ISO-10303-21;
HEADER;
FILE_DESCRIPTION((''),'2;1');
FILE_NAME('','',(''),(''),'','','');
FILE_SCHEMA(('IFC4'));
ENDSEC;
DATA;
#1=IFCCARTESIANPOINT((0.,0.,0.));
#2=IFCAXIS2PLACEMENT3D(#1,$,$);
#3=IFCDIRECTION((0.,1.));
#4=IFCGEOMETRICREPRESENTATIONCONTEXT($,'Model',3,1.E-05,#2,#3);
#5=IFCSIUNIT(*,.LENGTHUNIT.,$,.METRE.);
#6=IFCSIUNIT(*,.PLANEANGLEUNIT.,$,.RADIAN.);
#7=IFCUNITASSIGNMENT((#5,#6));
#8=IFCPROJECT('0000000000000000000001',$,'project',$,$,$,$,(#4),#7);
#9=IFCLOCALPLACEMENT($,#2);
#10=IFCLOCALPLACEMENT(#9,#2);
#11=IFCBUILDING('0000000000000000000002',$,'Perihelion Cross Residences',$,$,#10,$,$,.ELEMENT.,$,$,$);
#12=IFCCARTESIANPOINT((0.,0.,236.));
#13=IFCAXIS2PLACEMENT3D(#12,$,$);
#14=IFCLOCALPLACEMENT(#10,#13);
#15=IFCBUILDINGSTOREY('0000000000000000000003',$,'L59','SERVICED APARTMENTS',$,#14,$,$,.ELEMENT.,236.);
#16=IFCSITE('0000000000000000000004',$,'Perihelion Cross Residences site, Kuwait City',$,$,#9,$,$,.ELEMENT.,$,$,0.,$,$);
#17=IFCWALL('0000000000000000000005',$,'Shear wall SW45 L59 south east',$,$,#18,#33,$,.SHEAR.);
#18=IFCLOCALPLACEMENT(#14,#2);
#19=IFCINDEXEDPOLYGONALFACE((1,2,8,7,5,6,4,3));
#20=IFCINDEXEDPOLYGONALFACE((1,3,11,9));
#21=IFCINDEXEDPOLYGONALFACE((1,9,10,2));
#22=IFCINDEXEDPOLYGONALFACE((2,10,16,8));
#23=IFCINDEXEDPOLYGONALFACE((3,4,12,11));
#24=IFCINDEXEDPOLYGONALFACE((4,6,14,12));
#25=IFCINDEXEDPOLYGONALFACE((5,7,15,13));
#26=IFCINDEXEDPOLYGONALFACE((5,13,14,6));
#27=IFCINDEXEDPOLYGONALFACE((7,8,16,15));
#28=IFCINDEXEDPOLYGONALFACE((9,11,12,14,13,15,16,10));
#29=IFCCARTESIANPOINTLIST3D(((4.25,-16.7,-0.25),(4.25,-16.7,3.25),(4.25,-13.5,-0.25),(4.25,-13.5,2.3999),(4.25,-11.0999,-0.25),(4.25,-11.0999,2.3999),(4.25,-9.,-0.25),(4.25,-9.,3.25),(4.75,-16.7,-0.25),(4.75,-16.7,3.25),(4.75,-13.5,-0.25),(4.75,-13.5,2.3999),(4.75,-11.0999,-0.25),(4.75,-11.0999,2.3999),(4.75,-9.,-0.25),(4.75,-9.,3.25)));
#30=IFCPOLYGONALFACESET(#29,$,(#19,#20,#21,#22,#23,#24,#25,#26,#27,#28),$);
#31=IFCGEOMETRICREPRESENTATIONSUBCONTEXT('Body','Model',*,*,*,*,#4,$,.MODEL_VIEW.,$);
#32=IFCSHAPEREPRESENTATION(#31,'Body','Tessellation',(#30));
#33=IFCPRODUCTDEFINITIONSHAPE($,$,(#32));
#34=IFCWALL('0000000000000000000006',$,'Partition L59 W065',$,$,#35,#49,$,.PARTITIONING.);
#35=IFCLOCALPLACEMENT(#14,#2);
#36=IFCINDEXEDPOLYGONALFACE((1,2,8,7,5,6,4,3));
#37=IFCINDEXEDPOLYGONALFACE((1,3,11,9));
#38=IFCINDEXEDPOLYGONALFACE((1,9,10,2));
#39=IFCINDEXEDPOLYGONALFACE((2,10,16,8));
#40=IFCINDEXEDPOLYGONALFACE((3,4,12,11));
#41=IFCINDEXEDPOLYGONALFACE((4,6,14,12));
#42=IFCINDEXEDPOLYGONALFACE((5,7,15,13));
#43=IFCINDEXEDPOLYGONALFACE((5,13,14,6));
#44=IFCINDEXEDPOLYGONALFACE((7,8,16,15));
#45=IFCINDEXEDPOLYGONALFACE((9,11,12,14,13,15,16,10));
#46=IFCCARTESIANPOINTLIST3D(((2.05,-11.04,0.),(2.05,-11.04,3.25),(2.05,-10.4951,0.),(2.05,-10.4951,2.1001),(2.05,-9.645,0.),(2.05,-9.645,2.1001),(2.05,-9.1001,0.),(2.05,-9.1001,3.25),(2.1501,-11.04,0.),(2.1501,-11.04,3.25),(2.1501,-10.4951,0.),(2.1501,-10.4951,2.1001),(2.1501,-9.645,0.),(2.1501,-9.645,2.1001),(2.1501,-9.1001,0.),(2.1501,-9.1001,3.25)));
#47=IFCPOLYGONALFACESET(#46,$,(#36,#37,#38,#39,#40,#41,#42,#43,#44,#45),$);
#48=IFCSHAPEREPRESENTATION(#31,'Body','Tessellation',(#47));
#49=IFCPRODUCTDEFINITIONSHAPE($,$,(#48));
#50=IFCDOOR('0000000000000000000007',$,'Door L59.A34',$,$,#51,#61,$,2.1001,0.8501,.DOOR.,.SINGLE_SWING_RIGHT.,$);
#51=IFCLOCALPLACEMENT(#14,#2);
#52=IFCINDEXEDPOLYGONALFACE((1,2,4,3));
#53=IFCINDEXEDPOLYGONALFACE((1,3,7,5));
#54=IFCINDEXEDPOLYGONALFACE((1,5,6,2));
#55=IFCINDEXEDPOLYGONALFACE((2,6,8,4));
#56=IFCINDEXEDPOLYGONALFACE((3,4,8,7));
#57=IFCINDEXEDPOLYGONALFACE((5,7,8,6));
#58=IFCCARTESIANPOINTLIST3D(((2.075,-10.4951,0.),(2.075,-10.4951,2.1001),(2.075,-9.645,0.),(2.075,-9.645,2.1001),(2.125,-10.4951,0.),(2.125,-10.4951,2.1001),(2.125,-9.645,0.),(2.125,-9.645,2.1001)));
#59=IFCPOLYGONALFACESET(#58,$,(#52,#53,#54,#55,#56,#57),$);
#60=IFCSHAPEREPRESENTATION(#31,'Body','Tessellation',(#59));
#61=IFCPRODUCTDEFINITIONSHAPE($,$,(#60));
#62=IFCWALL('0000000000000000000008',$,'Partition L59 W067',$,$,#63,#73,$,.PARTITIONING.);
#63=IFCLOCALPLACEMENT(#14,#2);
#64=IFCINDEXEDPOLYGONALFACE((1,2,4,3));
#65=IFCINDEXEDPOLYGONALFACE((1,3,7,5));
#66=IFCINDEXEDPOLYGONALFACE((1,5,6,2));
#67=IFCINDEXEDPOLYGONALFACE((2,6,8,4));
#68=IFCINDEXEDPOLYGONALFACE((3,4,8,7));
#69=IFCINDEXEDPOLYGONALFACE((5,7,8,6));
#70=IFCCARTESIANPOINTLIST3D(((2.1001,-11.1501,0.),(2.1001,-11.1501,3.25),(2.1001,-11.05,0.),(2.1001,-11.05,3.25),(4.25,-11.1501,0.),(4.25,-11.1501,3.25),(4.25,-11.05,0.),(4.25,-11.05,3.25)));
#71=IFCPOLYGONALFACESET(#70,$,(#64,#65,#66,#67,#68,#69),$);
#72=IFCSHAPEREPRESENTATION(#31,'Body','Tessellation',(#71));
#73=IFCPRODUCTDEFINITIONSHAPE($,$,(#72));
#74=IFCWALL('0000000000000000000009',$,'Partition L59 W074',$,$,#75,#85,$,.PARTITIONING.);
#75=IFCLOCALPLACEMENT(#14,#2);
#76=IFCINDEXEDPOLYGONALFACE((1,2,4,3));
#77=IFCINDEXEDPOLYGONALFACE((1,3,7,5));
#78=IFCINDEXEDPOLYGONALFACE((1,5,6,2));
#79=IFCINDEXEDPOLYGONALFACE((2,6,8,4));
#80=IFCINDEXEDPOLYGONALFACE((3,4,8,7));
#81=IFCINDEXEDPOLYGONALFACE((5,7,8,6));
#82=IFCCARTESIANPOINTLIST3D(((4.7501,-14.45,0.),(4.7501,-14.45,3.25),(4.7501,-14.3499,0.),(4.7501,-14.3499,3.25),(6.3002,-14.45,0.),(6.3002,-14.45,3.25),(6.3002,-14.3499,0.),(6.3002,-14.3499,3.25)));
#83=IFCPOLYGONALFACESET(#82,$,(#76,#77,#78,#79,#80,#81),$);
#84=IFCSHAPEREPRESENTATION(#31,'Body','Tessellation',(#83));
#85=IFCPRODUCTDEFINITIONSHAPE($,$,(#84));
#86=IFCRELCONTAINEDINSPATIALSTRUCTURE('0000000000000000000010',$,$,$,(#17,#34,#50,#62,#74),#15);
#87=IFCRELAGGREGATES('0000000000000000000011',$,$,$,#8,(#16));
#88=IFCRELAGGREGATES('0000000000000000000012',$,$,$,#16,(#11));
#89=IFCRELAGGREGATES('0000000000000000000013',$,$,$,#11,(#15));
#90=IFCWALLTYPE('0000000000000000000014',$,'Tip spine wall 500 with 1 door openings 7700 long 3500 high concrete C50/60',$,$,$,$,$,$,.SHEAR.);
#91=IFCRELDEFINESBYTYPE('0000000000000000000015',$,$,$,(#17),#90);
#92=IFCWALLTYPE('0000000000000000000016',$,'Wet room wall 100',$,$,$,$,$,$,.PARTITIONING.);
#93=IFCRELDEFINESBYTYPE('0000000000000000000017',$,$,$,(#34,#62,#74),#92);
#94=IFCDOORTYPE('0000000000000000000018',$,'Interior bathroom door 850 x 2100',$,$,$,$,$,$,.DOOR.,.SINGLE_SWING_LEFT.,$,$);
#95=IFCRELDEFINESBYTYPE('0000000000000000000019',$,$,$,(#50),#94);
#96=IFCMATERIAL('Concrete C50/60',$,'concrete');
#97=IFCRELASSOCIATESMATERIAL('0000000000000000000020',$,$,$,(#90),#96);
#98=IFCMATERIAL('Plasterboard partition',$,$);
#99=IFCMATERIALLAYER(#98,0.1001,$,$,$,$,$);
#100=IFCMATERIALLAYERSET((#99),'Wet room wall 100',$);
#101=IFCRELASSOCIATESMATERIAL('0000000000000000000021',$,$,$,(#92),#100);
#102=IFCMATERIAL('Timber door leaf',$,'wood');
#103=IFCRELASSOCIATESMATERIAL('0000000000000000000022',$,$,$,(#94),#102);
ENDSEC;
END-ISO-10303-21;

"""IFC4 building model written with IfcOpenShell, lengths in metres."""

from ifc_helpers import new_model, si_unit, direction, frame, frame_2d, origin, place, context, subcontext, project, spatial, polyline, rectangle, outline, extrude, material, layer, layer_set, material_profile, profile_set, type_object, element, fill, save


model = new_model("IFC4")

# Units and contexts
model_context = context("Model", 3, precision=1e-05, world=origin(), true_north=direction((0.0, 1.0)))
body_context = subcontext(model_context, "Body", "Model", "MODEL_VIEW")
ifc_project = project(units=[si_unit("LENGTHUNIT", "METRE"), si_unit("PLANEANGLEUNIT", "RADIAN")], contexts=[model_context])

# Site, building, storey
site_placement = place(None, origin())
site = spatial("IfcSite", under=ifc_project, at=site_placement, Name="Perihelion Cross Residences site, Kuwait City", CompositionType="ELEMENT", RefElevation=0.0)
building_placement = place(site_placement, origin())
building = spatial("IfcBuilding", under=site, at=building_placement, Name="Perihelion Cross Residences", CompositionType="ELEMENT")
storey_placement = place(building_placement, frame((0.0, 0.0, 236.0)))
storey = spatial("IfcBuildingStorey", under=building, at=storey_placement, Name="L59", Description="SERVICED APARTMENTS", CompositionType="ELEMENT", Elevation=236.0)

# Wall
ifc_material_1 = material(Name="Concrete C50/60", Category="concrete")
ifc_material_profile_1 = material_profile(ifc_material_1, outline(polyline([(0.0, 0.0), (3.2, 0.0), (3.2, 2.6499), (5.6001, 2.6499), (5.6001, 0.0), (7.7, 0.0), (7.7, 3.5), (0.0, 3.5), (0.0, 0.0)])), Name="Tip spine wall")
ifc_profile_set_1 = profile_set([ifc_material_profile_1], Name="Concrete C50/60")
wall_type_1 = type_object("IfcWallType", Name="Tip spine wall 500 with 1 door openings 7700 long 3500 high concrete C50/60", PredefinedType="SHEAR", material=ifc_profile_set_1)
wall_1_placement = place(storey_placement, frame((4.25, -16.7, -0.25), z_axis=(1.0, 0.0, 0.0), x_axis=(0.0, 1.0, 0.0)))
element("IfcWall", 1, at=wall_1_placement, inside=storey, type_object=wall_type_1, Name="Shear wall SW45 L59 south east", PredefinedType="SHEAR", context=body_context, shape_type="SweptSolid", body=[
    extrude(outline(polyline([(0.0, 0.0), (3.2, 0.0), (3.2, 2.6499), (5.6001, 2.6499), (5.6001, 0.0), (7.7, 0.0), (7.7, 3.5), (0.0, 3.5), (0.0, 0.0)])), origin(), (0.0, 0.0, 1.0), 0.5),
])

# Wall, opening, door
ifc_material_2 = material(Name="Plasterboard partition")
ifc_layer_1 = layer(ifc_material_2, 0.1001)
ifc_layer_set_1 = layer_set([ifc_layer_1], Name="Wet room wall 100")
wall_type_2 = type_object("IfcWallType", Name="Wet room wall 100", PredefinedType="PARTITIONING", material=ifc_layer_set_1)
wall_2_placement = place(storey_placement, frame((2.1001, -9.1001, 0.0), z_axis=(0.0, 0.0, 1.0), x_axis=(0.0, -1.0, 0.0)))
wall_2 = element("IfcWall", 2, at=wall_2_placement, inside=storey, type_object=wall_type_2, Name="Partition L59 W065", PredefinedType="PARTITIONING", context=body_context, shape_type="SweptSolid", body=[
    extrude(rectangle(XDim=1.9399, YDim=0.1001, at=frame_2d((0.97, 0.0))), origin(), (0.0, 0.0, 1.0), 3.25),
])
opening_1_placement = place(wall_2_placement, frame((0.5449, 0.0, 0.0)))
opening_1 = element("IfcOpeningElement", 3, at=opening_1_placement, cuts=wall_2, PredefinedType="OPENING", context=body_context, shape_type="SweptSolid", body=[
    extrude(rectangle(XDim=0.8501, YDim=2.1001, at=frame_2d((0.425, 1.05))), frame((0.0, 0.0601, 0.0), z_axis=(0.0, -1.0, 0.0), x_axis=(1.0, 0.0, 0.0)), (0.0, 0.0, 1.0), 0.1201),
])
ifc_material_3 = material(Name="Timber door leaf", Category="wood")
door_type_1 = type_object("IfcDoorType", Name="Interior bathroom door 850 x 2100", OperationType="SINGLE_SWING_LEFT", PredefinedType="DOOR", material=ifc_material_3)
door_1_placement = place(opening_1_placement, origin())
door_1 = element("IfcDoor", 4, at=door_1_placement, inside=storey, type_object=door_type_1, Name="Door L59.A34", OperationType="SINGLE_SWING_RIGHT", OverallHeight=2.1001, OverallWidth=0.8501, PredefinedType="DOOR", context=body_context, shape_type="SweptSolid", body=[
    extrude(rectangle(XDim=0.8501, YDim=2.1001, at=frame_2d((0.425, 1.05))), frame((0.0, 0.0249, 0.0), z_axis=(0.0, -1.0, 0.0), x_axis=(1.0, 0.0, 0.0)), (0.0, 0.0, 1.0), 0.05),
])
fill(opening_1, door_1)

# Walls
wall_3_placement = place(storey_placement, frame((4.25, -11.1001, 0.0), z_axis=(0.0, 0.0, 1.0), x_axis=(-1.0, 0.0, 0.0)))
element("IfcWall", 5, at=wall_3_placement, inside=storey, type_object=wall_type_2, Name="Partition L59 W067", PredefinedType="PARTITIONING", context=body_context, shape_type="SweptSolid", body=[
    extrude(rectangle(XDim=2.1499, YDim=0.1001, at=frame_2d((1.075, 0.0))), origin(), (0.0, 0.0, 1.0), 3.25),
])
wall_4_placement = place(storey_placement, frame((6.3, -14.3999, 0.0), z_axis=(0.0, 0.0, 1.0), x_axis=(-1.0, 0.0, 0.0)))
element("IfcWall", 6, at=wall_4_placement, inside=storey, type_object=wall_type_2, Name="Partition L59 W074", PredefinedType="PARTITIONING", context=body_context, shape_type="SweptSolid", body=[
    extrude(rectangle(XDim=1.55, YDim=0.1001, at=frame_2d((0.7749, 0.0))), origin(), (0.0, 0.0, 1.0), 3.25),
])

save(model, "model.ifc")
